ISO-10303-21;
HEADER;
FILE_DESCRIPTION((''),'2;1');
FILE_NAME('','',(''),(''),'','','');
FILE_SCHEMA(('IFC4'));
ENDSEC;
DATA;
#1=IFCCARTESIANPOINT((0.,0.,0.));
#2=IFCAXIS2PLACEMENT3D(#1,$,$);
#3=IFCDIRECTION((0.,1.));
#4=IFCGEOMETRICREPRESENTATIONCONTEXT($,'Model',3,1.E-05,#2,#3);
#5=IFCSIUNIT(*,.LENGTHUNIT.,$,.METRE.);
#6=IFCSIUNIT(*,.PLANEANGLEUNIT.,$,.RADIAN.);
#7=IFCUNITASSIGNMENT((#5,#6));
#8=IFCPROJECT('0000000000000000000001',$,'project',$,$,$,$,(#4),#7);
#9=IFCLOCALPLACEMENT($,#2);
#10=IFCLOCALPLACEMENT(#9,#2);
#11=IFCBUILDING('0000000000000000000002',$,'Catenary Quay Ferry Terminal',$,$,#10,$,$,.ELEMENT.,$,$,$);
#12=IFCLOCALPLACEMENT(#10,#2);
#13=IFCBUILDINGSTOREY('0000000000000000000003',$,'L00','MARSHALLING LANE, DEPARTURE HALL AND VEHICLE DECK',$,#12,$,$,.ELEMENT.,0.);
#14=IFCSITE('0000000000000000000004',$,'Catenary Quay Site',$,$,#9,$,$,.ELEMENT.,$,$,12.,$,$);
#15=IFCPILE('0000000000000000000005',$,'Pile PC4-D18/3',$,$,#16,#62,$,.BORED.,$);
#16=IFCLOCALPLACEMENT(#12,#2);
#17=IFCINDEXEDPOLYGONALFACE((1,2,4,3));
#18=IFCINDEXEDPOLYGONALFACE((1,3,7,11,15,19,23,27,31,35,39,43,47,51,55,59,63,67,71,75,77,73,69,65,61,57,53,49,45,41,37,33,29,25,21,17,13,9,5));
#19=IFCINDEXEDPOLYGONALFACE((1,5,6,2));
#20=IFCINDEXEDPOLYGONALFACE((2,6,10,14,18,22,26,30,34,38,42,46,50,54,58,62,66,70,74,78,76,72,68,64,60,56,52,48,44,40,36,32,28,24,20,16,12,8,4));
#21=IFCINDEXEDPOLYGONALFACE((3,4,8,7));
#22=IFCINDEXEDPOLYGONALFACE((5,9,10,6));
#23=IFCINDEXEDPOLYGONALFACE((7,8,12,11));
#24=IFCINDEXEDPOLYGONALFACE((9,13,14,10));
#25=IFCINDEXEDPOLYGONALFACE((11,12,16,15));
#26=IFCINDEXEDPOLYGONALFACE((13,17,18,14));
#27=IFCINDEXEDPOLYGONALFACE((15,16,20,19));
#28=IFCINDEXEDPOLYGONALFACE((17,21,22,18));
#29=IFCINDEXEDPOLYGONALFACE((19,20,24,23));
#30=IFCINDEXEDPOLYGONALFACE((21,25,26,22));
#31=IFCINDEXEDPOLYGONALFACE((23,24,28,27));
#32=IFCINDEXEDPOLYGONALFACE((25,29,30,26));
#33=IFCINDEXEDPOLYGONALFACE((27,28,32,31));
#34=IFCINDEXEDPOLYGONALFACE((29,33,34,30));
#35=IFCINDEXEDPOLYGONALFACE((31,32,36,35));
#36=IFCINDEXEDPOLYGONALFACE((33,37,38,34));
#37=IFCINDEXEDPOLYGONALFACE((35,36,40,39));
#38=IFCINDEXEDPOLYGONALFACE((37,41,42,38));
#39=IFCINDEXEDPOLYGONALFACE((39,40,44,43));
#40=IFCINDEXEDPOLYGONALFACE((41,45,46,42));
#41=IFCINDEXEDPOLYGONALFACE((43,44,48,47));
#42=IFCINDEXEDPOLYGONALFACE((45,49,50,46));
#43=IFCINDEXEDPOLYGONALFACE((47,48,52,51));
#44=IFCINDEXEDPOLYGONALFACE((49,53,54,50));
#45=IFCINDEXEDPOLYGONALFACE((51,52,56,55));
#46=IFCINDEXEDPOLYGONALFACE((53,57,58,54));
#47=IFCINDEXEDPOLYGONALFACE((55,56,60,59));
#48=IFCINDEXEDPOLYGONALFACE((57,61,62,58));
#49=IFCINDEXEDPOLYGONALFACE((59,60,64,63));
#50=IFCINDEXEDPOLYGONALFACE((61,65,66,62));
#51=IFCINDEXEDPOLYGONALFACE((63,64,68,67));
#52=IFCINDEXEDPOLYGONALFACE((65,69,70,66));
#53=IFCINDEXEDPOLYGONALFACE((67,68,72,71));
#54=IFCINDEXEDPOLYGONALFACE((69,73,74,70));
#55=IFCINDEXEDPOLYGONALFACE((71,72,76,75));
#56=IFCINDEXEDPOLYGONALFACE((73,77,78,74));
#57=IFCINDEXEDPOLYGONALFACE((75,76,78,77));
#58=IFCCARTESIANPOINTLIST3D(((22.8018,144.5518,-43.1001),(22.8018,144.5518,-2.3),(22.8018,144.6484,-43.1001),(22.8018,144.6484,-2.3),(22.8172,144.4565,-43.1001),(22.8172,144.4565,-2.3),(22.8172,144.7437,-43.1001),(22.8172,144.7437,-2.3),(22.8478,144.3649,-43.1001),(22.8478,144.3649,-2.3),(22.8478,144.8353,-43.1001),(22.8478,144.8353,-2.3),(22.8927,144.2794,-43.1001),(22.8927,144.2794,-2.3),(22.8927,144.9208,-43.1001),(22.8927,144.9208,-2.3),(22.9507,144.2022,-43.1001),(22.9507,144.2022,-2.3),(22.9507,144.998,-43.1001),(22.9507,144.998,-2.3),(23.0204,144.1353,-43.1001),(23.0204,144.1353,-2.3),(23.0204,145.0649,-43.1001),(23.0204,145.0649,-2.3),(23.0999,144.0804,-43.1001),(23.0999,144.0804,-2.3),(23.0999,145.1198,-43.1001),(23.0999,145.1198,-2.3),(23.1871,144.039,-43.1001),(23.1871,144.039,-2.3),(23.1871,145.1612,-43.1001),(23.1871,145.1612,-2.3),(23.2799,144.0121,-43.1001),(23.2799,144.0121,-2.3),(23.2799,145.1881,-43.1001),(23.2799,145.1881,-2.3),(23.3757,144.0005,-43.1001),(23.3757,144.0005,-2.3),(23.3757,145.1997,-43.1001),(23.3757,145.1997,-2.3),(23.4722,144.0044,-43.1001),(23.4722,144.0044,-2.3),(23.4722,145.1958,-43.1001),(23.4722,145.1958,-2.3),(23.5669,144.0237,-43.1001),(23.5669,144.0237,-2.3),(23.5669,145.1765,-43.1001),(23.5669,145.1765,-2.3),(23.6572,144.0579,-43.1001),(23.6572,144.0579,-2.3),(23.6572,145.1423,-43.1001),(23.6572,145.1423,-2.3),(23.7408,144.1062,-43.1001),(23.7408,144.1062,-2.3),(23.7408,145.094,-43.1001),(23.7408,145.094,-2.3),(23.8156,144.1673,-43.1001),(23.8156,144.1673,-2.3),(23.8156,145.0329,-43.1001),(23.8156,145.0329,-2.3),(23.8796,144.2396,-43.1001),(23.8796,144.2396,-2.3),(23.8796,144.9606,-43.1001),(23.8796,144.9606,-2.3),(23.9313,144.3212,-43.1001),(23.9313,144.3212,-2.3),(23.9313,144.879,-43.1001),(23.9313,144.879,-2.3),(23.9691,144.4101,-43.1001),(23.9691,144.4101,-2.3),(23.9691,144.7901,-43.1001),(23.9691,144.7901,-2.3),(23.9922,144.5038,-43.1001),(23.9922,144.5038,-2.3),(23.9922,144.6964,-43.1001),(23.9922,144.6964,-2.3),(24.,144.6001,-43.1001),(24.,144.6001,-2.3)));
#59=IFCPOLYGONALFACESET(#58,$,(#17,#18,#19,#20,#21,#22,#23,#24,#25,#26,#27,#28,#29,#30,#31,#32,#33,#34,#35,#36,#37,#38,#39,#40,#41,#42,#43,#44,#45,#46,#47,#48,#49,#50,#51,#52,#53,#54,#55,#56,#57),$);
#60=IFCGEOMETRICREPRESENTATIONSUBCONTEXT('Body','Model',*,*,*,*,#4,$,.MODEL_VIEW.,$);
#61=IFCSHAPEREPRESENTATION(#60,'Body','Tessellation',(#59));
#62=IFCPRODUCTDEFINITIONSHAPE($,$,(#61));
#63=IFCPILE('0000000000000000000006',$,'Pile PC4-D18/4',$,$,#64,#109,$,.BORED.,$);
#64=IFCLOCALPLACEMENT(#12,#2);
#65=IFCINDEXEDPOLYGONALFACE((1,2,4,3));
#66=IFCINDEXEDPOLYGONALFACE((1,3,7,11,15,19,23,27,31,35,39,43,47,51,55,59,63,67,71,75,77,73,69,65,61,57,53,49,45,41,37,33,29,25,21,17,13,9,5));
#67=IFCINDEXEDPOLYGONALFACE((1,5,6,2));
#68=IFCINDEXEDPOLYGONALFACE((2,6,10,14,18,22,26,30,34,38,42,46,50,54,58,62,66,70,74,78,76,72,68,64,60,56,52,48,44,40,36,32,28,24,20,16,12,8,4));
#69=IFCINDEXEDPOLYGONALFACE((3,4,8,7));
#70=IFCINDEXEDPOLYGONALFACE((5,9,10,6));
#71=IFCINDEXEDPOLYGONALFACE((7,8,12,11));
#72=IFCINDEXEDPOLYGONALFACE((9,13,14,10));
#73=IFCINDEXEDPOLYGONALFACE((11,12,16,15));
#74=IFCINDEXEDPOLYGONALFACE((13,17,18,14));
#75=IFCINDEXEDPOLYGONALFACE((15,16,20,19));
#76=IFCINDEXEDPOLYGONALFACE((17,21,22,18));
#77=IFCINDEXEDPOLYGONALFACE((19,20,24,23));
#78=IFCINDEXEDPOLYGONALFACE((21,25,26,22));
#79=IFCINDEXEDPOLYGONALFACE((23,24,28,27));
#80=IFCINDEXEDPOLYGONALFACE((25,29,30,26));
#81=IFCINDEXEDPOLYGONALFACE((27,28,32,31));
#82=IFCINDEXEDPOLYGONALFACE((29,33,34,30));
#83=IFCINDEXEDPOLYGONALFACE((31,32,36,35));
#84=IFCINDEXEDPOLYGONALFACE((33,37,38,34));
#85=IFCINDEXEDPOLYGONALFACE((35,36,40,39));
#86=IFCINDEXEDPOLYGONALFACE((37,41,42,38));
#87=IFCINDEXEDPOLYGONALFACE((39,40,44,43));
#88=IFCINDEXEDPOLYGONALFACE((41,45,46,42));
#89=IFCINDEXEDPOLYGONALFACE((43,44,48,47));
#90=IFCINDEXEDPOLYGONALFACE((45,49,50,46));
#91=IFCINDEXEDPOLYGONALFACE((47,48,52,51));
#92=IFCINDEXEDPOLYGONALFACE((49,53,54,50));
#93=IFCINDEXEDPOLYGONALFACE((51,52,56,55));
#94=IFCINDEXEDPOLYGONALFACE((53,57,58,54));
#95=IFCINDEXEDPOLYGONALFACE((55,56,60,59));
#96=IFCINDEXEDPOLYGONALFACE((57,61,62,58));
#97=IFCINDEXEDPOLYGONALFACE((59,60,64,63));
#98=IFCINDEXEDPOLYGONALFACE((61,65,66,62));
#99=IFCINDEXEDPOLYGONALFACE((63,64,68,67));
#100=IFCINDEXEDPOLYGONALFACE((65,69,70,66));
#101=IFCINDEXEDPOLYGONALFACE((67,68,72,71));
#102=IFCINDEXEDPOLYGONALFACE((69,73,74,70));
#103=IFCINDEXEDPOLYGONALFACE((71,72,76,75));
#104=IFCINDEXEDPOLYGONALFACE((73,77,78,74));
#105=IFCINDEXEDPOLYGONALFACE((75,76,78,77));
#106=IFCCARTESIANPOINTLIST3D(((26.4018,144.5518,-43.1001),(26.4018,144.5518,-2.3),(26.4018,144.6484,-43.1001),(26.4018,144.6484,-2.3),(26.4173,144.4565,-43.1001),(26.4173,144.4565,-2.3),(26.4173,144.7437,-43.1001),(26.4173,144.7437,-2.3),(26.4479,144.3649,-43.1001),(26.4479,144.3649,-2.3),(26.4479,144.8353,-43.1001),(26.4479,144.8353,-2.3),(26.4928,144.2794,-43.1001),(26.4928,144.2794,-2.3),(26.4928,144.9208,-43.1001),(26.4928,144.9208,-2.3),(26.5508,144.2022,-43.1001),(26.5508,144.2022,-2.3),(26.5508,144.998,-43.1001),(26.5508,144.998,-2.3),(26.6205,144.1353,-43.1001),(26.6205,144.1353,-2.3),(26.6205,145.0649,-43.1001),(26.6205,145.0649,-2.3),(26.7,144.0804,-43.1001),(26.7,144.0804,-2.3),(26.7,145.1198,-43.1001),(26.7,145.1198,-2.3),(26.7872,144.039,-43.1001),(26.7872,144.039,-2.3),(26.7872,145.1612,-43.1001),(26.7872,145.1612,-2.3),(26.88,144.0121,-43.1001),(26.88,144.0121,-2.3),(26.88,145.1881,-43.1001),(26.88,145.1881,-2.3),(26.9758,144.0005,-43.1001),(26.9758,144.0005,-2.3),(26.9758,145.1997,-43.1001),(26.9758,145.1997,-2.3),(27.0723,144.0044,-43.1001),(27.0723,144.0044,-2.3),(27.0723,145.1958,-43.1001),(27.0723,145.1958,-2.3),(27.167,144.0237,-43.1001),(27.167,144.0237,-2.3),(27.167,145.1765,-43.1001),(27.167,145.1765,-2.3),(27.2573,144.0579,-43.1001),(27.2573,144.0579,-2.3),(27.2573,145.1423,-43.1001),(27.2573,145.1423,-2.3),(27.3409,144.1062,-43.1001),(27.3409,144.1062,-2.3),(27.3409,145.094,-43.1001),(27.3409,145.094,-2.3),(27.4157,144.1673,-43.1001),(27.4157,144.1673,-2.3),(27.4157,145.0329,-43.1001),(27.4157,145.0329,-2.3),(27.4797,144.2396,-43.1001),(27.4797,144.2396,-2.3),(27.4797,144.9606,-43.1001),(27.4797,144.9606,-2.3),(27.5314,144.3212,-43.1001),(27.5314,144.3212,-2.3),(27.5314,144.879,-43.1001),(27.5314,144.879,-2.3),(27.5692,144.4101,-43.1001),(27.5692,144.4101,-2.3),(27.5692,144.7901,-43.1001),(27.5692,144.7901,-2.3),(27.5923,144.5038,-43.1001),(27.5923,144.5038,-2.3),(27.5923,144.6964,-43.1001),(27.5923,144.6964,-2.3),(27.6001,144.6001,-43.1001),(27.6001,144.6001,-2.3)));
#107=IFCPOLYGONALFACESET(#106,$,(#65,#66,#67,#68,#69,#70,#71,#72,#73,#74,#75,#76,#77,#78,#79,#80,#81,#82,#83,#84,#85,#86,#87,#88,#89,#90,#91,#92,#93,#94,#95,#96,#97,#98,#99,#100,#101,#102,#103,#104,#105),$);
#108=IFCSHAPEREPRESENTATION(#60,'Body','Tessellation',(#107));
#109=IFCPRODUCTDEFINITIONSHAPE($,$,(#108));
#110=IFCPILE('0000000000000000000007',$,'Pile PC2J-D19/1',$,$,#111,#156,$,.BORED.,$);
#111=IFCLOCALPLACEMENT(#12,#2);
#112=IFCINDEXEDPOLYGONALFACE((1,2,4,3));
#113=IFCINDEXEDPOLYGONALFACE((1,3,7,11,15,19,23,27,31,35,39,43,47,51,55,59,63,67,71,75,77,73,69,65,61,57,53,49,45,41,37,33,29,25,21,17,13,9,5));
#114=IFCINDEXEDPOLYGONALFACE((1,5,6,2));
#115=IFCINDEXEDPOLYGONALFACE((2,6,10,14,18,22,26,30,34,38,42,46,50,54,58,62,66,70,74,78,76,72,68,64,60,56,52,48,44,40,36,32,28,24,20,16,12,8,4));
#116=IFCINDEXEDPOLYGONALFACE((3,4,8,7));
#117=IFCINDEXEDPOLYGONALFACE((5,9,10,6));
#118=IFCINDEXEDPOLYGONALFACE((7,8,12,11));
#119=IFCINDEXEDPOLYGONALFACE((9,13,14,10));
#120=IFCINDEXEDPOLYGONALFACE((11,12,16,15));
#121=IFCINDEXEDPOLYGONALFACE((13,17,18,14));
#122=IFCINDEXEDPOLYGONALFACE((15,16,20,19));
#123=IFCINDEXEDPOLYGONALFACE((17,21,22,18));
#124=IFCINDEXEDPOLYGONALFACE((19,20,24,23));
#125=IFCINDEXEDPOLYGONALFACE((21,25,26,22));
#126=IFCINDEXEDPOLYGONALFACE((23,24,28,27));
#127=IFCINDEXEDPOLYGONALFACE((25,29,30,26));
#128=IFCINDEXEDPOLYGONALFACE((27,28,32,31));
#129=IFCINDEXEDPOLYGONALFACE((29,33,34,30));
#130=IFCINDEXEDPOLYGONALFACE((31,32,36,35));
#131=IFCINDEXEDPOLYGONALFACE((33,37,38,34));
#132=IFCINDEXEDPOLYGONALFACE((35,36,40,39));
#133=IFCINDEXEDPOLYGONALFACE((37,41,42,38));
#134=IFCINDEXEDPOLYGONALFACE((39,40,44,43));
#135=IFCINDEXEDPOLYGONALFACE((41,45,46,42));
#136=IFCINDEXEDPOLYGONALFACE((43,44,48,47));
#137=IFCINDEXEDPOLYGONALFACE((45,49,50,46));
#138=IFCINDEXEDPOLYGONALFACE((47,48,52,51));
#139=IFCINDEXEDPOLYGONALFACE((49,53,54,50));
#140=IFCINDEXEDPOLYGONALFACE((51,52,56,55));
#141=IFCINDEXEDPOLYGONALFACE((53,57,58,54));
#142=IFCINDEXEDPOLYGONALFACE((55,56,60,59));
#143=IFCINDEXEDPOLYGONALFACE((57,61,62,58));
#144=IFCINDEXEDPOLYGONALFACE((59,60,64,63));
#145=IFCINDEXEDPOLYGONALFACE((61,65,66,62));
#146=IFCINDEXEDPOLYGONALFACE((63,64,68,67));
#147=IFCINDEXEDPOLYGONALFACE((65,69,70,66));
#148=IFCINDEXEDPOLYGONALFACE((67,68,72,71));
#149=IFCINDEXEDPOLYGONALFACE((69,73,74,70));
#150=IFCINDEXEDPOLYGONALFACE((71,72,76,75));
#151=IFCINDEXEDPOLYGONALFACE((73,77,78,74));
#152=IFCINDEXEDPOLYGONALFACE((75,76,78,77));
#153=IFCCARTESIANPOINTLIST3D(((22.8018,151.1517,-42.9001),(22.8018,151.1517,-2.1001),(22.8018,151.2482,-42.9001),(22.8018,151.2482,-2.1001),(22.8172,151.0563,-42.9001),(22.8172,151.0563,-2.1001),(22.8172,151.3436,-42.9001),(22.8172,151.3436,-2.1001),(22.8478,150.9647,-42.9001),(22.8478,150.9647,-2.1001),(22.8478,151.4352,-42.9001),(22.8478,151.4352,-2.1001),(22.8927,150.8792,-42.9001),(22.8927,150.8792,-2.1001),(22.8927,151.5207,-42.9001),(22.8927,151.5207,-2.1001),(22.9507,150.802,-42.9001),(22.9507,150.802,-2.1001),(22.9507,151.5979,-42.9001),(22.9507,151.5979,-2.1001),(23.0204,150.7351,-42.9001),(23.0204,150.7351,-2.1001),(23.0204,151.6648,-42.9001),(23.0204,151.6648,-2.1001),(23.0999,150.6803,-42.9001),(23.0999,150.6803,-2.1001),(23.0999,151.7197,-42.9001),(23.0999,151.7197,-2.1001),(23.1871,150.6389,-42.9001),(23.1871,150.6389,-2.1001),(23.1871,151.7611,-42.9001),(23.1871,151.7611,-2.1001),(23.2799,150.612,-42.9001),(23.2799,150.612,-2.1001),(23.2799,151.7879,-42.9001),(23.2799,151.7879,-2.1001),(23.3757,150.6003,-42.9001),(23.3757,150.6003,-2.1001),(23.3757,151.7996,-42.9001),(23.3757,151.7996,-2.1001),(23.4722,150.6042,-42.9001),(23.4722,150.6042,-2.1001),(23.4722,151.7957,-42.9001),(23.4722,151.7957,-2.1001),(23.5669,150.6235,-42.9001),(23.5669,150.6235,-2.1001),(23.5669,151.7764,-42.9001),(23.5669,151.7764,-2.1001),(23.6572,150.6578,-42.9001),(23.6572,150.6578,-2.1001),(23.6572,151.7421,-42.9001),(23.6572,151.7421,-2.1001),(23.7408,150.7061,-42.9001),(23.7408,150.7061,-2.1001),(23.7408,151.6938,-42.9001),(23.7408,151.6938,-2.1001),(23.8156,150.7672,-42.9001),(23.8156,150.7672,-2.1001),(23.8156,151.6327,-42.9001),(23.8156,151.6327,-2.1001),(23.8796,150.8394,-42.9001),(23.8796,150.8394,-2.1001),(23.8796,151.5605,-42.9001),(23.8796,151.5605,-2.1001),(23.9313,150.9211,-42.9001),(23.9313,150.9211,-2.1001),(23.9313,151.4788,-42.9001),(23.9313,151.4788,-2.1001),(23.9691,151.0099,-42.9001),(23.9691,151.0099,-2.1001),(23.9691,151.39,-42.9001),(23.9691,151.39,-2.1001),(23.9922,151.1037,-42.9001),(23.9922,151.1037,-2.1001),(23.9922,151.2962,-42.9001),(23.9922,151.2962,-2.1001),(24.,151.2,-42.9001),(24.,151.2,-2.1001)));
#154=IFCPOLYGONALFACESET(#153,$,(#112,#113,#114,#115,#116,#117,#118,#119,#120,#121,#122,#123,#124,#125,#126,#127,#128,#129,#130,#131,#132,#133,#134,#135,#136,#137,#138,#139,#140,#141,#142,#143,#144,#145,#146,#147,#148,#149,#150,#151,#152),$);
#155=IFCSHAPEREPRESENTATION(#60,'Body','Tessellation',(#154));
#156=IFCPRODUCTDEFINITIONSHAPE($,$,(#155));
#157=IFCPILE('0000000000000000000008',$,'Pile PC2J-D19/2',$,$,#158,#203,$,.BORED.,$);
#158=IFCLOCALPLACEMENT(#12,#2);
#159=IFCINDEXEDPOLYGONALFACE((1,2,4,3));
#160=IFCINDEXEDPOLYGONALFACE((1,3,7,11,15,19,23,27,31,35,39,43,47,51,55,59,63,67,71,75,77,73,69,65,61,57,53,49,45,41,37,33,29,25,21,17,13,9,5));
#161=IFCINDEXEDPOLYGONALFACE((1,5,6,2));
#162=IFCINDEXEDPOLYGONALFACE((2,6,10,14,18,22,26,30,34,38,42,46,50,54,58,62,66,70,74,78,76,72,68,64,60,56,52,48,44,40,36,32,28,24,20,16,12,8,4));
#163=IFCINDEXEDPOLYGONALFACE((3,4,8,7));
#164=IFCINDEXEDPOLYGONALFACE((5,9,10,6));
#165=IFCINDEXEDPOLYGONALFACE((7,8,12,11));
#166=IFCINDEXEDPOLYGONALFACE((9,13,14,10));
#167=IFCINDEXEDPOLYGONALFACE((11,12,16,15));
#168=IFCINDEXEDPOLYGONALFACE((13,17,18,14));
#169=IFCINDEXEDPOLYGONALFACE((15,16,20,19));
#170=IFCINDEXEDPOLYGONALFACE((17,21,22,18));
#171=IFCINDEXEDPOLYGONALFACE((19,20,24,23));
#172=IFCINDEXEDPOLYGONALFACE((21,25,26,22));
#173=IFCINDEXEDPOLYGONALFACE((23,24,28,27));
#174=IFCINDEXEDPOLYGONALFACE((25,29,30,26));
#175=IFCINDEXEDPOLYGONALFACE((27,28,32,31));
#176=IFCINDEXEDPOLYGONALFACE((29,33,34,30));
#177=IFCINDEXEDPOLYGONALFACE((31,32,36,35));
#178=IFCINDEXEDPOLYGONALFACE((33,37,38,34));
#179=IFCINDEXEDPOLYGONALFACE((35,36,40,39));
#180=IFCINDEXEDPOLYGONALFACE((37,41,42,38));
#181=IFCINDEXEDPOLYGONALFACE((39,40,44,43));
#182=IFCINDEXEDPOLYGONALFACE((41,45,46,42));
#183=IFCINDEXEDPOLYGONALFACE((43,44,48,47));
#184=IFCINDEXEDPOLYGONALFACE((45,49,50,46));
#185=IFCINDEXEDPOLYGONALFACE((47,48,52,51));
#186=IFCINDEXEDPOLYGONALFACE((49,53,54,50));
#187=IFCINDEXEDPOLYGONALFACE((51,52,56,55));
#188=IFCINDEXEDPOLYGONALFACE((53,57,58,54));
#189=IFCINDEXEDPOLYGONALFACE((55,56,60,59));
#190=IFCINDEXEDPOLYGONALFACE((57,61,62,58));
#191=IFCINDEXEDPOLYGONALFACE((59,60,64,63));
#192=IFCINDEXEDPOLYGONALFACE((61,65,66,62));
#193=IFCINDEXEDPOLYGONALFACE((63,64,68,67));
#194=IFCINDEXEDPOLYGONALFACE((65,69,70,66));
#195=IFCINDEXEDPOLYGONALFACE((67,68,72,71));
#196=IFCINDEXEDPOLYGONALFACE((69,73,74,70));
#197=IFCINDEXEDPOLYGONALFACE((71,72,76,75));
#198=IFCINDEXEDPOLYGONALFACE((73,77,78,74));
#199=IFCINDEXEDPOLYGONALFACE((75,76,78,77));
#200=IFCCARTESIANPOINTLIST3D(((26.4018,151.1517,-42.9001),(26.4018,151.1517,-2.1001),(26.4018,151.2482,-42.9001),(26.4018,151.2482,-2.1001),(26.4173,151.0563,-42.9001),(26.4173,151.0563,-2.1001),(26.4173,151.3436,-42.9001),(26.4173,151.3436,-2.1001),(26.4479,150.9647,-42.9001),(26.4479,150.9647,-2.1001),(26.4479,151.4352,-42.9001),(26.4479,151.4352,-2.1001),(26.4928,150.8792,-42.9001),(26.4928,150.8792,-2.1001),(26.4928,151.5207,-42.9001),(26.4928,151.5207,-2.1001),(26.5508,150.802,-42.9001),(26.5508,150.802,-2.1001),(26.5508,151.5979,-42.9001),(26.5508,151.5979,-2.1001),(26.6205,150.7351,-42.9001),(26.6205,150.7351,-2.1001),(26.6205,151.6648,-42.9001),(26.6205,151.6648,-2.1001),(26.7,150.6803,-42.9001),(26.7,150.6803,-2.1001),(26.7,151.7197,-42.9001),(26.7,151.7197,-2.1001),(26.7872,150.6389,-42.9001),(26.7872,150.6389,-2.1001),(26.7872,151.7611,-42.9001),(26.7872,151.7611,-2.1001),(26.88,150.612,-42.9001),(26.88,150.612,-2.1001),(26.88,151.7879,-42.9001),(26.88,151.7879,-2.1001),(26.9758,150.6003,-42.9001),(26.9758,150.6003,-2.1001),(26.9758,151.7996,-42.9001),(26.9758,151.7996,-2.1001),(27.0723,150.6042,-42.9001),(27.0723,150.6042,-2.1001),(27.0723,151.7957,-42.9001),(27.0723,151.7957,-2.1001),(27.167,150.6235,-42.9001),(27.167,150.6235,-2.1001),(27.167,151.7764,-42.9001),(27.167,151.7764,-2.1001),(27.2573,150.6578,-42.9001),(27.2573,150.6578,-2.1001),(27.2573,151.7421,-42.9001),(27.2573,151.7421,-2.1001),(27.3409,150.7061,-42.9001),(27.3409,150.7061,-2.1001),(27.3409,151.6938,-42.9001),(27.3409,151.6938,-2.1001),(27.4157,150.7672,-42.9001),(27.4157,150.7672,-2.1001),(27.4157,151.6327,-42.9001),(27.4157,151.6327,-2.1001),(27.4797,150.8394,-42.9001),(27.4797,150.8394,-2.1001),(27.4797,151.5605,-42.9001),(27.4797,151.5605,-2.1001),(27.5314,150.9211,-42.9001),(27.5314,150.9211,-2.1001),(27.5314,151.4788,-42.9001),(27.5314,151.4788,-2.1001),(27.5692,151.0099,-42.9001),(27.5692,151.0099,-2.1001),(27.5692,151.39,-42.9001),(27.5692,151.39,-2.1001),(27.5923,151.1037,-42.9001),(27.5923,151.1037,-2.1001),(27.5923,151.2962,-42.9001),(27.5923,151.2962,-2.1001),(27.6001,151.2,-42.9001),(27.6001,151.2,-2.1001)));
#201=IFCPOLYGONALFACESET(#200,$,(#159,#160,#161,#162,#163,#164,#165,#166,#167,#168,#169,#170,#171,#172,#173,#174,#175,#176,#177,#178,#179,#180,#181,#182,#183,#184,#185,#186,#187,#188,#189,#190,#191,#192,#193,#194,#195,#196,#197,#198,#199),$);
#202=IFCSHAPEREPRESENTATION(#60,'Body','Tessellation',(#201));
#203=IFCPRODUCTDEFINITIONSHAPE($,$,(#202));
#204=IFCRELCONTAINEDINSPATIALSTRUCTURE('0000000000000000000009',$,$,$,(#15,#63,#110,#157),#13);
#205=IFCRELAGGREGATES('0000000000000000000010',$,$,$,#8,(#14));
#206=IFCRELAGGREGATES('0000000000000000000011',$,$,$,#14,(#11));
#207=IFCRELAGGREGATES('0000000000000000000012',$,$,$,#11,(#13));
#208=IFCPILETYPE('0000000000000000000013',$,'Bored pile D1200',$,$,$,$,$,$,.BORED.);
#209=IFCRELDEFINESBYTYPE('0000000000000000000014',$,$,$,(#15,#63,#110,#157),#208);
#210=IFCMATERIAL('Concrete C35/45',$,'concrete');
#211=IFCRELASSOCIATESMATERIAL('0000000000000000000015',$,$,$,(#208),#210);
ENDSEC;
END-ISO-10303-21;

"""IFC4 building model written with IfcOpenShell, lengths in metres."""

from ifc_helpers import new_model, si_unit, direction, frame, origin, origin_2d, place, context, subcontext, project, spatial, circle, extrude, material, material_profile, profile_set, type_object, element, save


model = new_model("IFC4")

# Units and contexts
model_context = context("Model", 3, precision=1e-05, world=origin(), true_north=direction((0.0, 1.0)))
body_context = subcontext(model_context, "Body", "Model", "MODEL_VIEW")
ifc_project = project(units=[si_unit("LENGTHUNIT", "METRE"), si_unit("PLANEANGLEUNIT", "RADIAN")], contexts=[model_context])

# Site, building, storey
site_placement = place(None, origin())
site = spatial("IfcSite", under=ifc_project, at=site_placement, Name="Catenary Quay Site", CompositionType="ELEMENT", RefElevation=12.0)
building_placement = place(site_placement, origin())
building = spatial("IfcBuilding", under=site, at=building_placement, Name="Catenary Quay Ferry Terminal", CompositionType="ELEMENT")
storey_placement = place(building_placement, origin())
storey = spatial("IfcBuildingStorey", under=building, at=storey_placement, Name="L00", Description="MARSHALLING LANE, DEPARTURE HALL AND VEHICLE DECK", CompositionType="ELEMENT", Elevation=0.0)

# Piles
ifc_material_1 = material(Name="Concrete C35/45", Category="concrete")
ifc_material_profile_1 = material_profile(ifc_material_1, circle(Radius=0.6001, at=origin_2d()), Name="D1200")
ifc_profile_set_1 = profile_set([ifc_material_profile_1], Name="Concrete C35/45")
pile_type = type_object("IfcPileType", Name="Bored pile D1200", PredefinedType="BORED", material=ifc_profile_set_1)
for number, where, z_axis, x_axis, name in (
    (1, (23.3999, 144.6001, -2.3), (0.0, 0.0, -1.0), (1.0, 0.0, 0.0), "Pile PC4-D18/3"),
    (2, (27.0, 144.6001, -2.3), (0.0, 0.0, -1.0), (1.0, 0.0, 0.0), "Pile PC4-D18/4"),
    (3, (23.3999, 151.2, -2.1001), (0.0, 0.0, -1.0), (1.0, 0.0, 0.0), "Pile PC2J-D19/1"),
    (4, (27.0, 151.2, -2.1001), (0.0, 0.0, -1.0), (1.0, 0.0, 0.0), "Pile PC2J-D19/2"),
):
    element("IfcPile", number, at=place(storey_placement, frame(where, z_axis=z_axis, x_axis=x_axis)), inside=storey, type_object=pile_type, Name=name, PredefinedType="BORED", context=body_context, shape_type="SweptSolid", body=[
        extrude(circle(Radius=0.6001, at=origin_2d()), origin(), (0.0, 0.0, 1.0), 40.8),
    ])

save(model, "model.ifc")
